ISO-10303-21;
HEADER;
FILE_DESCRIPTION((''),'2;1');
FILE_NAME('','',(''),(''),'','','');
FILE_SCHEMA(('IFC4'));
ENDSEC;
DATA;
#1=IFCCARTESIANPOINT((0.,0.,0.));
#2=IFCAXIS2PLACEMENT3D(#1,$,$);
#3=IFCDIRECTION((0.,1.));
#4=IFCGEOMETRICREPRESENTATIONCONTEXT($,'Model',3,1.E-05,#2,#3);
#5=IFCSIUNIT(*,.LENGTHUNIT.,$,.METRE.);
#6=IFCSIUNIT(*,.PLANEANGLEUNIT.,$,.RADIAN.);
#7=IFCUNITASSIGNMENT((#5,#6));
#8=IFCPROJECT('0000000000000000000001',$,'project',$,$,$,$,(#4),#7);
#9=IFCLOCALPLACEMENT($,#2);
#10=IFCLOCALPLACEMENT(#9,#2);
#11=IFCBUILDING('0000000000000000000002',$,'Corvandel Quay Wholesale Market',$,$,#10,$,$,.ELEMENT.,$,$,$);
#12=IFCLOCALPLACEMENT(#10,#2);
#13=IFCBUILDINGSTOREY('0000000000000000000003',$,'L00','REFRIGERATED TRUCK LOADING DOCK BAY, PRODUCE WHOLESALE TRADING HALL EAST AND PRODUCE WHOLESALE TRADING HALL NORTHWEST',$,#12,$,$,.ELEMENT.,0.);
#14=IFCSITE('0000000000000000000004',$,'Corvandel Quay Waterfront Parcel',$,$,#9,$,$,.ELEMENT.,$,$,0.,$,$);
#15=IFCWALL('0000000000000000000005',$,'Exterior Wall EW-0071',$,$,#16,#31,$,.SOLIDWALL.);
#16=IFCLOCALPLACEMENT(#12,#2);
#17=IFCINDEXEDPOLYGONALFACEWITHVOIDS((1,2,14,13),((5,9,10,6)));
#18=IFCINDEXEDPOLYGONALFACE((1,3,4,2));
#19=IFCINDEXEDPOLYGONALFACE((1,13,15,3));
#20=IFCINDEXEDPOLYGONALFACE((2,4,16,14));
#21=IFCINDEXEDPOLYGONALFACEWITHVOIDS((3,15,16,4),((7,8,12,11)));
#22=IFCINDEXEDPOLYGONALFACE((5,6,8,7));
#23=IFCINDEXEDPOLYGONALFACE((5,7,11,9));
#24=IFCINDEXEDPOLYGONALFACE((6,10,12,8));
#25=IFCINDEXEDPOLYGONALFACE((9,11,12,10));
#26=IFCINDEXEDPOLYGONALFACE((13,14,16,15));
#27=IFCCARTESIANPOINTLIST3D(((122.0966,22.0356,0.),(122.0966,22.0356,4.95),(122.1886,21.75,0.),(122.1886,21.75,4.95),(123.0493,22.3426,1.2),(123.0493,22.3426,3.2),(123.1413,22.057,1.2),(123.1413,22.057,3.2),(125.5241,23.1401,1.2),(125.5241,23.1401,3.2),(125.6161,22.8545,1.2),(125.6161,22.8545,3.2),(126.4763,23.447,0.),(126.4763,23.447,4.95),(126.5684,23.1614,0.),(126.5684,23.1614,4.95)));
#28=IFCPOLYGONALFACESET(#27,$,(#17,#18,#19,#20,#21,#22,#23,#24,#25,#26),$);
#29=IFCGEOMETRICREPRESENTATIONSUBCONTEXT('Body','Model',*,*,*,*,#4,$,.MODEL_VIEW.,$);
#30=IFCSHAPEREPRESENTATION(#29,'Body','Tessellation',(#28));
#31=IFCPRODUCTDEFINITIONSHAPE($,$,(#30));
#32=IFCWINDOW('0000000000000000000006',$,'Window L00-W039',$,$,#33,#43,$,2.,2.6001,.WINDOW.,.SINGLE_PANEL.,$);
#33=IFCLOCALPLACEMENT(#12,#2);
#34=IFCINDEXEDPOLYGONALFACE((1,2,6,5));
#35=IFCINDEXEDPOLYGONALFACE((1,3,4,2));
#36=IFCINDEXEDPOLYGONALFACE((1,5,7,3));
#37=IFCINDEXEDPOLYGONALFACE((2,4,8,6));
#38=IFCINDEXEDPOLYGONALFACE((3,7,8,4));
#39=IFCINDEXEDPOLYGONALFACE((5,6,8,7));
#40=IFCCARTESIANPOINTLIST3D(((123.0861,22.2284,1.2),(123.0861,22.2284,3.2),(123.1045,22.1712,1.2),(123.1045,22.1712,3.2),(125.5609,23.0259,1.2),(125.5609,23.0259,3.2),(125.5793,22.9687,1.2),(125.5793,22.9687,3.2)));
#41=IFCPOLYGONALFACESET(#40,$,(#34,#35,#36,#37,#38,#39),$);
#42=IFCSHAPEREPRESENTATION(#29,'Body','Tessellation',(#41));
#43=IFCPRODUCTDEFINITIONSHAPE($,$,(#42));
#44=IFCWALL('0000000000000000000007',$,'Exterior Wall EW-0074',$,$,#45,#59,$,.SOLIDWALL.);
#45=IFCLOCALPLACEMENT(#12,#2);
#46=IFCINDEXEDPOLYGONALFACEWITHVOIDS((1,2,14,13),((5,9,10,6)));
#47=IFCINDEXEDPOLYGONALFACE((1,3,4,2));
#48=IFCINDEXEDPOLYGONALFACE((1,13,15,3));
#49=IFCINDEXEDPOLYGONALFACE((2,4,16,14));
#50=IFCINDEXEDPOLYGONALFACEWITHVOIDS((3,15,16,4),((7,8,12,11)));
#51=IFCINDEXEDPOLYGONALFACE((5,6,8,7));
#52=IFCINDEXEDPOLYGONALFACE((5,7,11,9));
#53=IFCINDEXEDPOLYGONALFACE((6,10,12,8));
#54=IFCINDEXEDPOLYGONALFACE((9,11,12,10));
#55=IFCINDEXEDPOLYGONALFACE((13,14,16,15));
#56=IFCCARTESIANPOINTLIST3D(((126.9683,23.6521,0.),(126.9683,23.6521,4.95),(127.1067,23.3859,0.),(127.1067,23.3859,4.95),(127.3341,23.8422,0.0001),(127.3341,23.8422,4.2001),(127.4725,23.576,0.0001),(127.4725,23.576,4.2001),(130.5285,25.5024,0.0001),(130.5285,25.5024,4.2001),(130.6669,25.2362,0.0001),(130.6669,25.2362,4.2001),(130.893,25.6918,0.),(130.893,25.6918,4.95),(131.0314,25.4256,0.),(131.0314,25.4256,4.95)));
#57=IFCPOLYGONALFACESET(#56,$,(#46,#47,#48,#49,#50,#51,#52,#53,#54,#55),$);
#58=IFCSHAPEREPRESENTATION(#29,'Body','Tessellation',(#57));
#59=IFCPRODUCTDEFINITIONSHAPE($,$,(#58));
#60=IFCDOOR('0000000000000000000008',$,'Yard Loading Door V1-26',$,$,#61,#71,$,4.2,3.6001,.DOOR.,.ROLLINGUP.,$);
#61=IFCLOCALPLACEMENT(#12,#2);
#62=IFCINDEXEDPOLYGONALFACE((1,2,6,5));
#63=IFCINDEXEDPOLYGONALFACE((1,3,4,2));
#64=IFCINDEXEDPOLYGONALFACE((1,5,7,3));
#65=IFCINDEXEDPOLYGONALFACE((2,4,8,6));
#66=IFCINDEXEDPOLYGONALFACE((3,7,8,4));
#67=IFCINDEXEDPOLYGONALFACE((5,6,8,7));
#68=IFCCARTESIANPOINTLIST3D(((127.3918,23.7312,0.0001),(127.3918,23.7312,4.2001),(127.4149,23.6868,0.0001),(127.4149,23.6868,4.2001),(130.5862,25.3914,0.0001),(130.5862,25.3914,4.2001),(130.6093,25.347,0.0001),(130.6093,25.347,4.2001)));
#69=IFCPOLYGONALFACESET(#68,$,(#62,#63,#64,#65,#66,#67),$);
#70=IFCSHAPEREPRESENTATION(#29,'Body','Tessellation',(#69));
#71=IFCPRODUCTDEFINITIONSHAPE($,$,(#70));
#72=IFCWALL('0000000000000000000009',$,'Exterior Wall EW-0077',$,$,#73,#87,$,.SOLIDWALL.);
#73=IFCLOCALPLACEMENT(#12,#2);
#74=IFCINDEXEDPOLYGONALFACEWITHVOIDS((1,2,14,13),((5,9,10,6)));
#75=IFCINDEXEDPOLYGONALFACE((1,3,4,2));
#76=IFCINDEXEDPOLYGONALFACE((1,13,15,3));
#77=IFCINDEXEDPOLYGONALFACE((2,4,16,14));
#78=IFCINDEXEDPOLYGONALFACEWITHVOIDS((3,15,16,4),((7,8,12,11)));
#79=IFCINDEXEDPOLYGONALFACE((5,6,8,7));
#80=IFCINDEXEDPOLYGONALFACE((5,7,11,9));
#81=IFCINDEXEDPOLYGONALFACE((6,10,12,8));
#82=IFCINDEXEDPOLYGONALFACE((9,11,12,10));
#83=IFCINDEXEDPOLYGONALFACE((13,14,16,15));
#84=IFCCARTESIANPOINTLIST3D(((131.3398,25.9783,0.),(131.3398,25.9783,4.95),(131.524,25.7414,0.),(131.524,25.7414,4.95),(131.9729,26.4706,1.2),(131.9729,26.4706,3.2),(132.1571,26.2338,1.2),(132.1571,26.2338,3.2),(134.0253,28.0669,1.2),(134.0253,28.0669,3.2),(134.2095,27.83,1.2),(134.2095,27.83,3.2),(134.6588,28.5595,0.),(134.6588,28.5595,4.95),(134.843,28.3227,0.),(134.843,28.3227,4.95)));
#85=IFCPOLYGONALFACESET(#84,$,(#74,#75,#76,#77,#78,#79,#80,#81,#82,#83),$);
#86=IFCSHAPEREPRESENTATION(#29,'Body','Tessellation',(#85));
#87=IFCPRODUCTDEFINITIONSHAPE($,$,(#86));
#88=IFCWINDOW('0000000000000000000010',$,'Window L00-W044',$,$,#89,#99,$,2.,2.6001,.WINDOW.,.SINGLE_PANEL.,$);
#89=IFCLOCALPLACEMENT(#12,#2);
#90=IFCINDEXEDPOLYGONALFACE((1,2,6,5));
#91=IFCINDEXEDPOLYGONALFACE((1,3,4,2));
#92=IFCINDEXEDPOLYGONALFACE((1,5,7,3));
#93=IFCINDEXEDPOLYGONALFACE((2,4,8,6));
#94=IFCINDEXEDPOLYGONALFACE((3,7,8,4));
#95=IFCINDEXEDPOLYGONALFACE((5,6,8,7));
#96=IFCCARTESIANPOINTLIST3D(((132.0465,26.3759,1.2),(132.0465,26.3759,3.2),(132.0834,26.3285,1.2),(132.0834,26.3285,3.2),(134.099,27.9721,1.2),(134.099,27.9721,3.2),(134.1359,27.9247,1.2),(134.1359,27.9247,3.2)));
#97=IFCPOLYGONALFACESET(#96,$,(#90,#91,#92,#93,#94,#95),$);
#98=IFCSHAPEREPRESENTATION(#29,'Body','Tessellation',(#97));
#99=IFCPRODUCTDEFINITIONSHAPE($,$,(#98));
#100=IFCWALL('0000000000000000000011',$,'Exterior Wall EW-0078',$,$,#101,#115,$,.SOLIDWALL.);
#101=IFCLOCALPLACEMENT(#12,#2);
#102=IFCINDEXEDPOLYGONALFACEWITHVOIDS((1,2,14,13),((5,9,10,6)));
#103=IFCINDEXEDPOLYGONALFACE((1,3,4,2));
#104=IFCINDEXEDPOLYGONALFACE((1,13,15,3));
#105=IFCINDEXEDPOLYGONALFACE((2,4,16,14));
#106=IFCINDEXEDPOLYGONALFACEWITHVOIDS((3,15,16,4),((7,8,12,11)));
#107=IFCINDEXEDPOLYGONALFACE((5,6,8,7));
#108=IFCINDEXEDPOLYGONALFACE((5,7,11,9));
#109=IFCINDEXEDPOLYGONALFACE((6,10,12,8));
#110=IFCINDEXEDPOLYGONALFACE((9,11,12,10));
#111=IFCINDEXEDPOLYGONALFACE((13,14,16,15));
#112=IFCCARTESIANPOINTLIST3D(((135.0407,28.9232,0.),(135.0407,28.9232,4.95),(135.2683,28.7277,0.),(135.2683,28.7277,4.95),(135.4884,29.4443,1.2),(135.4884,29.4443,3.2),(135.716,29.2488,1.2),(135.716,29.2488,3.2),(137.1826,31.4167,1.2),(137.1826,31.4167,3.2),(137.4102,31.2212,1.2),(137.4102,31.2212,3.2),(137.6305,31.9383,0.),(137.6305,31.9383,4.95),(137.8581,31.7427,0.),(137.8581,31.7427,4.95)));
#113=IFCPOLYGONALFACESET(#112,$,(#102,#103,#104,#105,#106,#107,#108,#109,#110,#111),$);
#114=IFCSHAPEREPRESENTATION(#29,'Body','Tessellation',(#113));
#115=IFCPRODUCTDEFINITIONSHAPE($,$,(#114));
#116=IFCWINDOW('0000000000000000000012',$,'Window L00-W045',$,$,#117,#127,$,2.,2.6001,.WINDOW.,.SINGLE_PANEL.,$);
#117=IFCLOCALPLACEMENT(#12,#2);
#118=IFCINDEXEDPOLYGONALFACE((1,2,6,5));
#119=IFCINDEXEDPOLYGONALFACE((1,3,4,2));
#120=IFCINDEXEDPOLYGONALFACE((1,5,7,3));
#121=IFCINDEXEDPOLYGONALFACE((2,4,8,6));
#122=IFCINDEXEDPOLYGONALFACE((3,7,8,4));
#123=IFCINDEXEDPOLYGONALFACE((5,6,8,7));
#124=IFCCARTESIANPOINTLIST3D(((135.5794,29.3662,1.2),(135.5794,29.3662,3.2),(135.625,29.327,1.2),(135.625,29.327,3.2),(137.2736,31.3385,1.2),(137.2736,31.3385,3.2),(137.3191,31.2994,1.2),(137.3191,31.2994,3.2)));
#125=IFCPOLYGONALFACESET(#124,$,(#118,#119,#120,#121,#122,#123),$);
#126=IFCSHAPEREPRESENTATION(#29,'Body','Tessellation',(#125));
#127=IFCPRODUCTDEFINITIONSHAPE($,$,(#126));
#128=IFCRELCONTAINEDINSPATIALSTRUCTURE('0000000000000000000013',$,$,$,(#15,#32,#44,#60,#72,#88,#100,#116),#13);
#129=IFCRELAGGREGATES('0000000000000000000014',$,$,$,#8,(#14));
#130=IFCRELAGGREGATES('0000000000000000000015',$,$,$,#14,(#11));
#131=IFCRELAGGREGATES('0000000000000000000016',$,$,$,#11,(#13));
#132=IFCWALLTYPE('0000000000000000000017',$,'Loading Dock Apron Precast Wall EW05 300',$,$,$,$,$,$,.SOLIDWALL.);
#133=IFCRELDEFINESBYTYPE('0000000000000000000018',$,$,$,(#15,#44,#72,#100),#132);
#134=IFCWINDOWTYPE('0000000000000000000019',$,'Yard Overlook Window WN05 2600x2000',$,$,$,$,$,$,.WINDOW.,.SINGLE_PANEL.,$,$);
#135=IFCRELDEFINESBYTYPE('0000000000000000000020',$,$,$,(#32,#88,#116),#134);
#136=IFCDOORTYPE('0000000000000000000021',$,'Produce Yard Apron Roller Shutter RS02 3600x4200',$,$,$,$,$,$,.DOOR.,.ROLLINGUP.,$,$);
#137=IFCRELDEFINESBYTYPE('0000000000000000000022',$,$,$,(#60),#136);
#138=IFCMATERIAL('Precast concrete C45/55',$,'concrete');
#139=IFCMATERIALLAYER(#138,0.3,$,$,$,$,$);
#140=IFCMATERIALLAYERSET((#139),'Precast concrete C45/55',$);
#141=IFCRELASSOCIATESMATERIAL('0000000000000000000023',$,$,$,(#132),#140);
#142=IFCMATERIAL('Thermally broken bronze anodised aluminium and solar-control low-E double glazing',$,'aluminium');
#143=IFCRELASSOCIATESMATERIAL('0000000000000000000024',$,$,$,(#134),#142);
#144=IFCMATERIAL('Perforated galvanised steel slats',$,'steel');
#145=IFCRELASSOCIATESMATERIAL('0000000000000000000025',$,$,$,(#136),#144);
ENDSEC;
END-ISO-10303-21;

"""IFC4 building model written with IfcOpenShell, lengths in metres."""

from ifc_helpers import new_model, si_unit, direction, frame, frame_2d, origin, place, context, subcontext, project, spatial, rectangle, extrude, material, layer, layer_set, type_object, element, fill, save


model = new_model("IFC4")

# Units and contexts
model_context = context("Model", 3, precision=1e-05, world=origin(), true_north=direction((0.0, 1.0)))
body_context = subcontext(model_context, "Body", "Model", "MODEL_VIEW")
ifc_project = project(units=[si_unit("LENGTHUNIT", "METRE"), si_unit("PLANEANGLEUNIT", "RADIAN")], contexts=[model_context])

# Site, building, storey
site_placement = place(None, origin())
site = spatial("IfcSite", under=ifc_project, at=site_placement, Name="Corvandel Quay Waterfront Parcel", CompositionType="ELEMENT", RefElevation=0.0)
building_placement = place(site_placement, origin())
building = spatial("IfcBuilding", under=site, at=building_placement, Name="Corvandel Quay Wholesale Market", CompositionType="ELEMENT")
storey_placement = place(building_placement, origin())
storey = spatial("IfcBuildingStorey", under=building, at=storey_placement, Name="L00", Description="REFRIGERATED TRUCK LOADING DOCK BAY, PRODUCE WHOLESALE TRADING HALL EAST AND PRODUCE WHOLESALE TRADING HALL NORTHWEST", CompositionType="ELEMENT", Elevation=0.0)

# Shared definitions
ifc_material_1 = material(Name="Precast concrete C45/55", Category="concrete")

# Wall, opening, window
ifc_layer_1 = layer(ifc_material_1, 0.3)
ifc_layer_set_1 = layer_set([ifc_layer_1], Name="Precast concrete C45/55")
wall_type_1 = type_object("IfcWallType", Name="Loading Dock Apron Precast Wall EW05 300", PredefinedType="SOLIDWALL", material=ifc_layer_set_1)
wall_1_placement = place(storey_placement, frame((122.1426, 21.8928, 0.0), z_axis=(0.0, 0.0, 1.0), x_axis=(0.951803, 0.30671, 0.0)))
wall_1 = element("IfcWall", 1, at=wall_1_placement, inside=storey, type_object=wall_type_1, Name="Exterior Wall EW-0071", PredefinedType="SOLIDWALL", context=body_context, shape_type="SweptSolid", body=[
    extrude(rectangle(XDim=4.6016, YDim=0.3, at=frame_2d((2.3008, 0.0))), origin(), (0.0, 0.0, 1.0), 4.95),
])
opening_1_placement = place(wall_1_placement, frame((1.001, 0.0, 1.2)))
opening_1 = element("IfcOpeningElement", 2, at=opening_1_placement, cuts=wall_1, PredefinedType="OPENING", context=body_context, shape_type="SweptSolid", body=[
    extrude(rectangle(XDim=2.6001, YDim=2.0, at=frame_2d((1.3, 1.0))), frame((0.0, 0.1599, 0.0), z_axis=(0.0, -1.0, 0.0), x_axis=(1.0, 0.0, 0.0)), (0.0, 0.0, 1.0), 0.3201),
])
ifc_material_2 = material(Name="Thermally broken bronze anodised aluminium and solar-control low-E double glazing", Category="aluminium")
window_type = type_object("IfcWindowType", Name="Yard Overlook Window WN05 2600x2000", PartitioningType="SINGLE_PANEL", PredefinedType="WINDOW", material=ifc_material_2)
window_1_placement = place(opening_1_placement, origin())
window_1 = element("IfcWindow", 3, at=window_1_placement, inside=storey, type_object=window_type, Name="Window L00-W039", OverallHeight=2.0, OverallWidth=2.6001, PartitioningType="SINGLE_PANEL", PredefinedType="WINDOW", context=body_context, shape_type="SweptSolid", body=[
    extrude(rectangle(XDim=2.6001, YDim=2.0, at=frame_2d((1.3, 1.0))), frame((0.0, 0.03, 0.0), z_axis=(0.0, -1.0, 0.0), x_axis=(1.0, 0.0, 0.0)), (0.0, 0.0, 1.0), 0.0601),
])
fill(opening_1, window_1)

# Wall, opening, door
wall_2_placement = place(storey_placement, frame((127.0376, 23.519, 0.0), z_axis=(0.0, 0.0, 1.0), x_axis=(0.887319, 0.461156, 0.0)))
wall_2 = element("IfcWall", 4, at=wall_2_placement, inside=storey, type_object=wall_type_1, Name="Exterior Wall EW-0074", PredefinedType="SOLIDWALL", context=body_context, shape_type="SweptSolid", body=[
    extrude(rectangle(XDim=4.4231, YDim=0.3, at=frame_2d((2.2114, 0.0))), origin(), (0.0, 0.0, 1.0), 4.95),
])
opening_2_placement = place(wall_2_placement, frame((0.4121, 0.0, 0.0)))
opening_2 = element("IfcOpeningElement", 5, at=opening_2_placement, cuts=wall_2, PredefinedType="OPENING", context=body_context, shape_type="SweptSolid", body=[
    extrude(rectangle(XDim=3.6001, YDim=4.2, at=frame_2d((1.8, 2.1001))), frame((0.0, 0.1599, 0.0), z_axis=(0.0, -1.0, 0.0), x_axis=(1.0, 0.0, 0.0)), (0.0, 0.0, 1.0), 0.3201),
])
ifc_material_3 = material(Name="Perforated galvanised steel slats", Category="steel")
door_type = type_object("IfcDoorType", Name="Produce Yard Apron Roller Shutter RS02 3600x4200", OperationType="ROLLINGUP", PredefinedType="DOOR", material=ifc_material_3)
door_placement = place(opening_2_placement, origin())
door = element("IfcDoor", 6, at=door_placement, inside=storey, type_object=door_type, Name="Yard Loading Door V1-26", OperationType="ROLLINGUP", OverallHeight=4.2, OverallWidth=3.6001, PredefinedType="DOOR", context=body_context, shape_type="SweptSolid", body=[
    extrude(rectangle(XDim=3.6001, YDim=4.2, at=frame_2d((1.8, 2.1001))), frame((0.0, 0.0249, 0.0), z_axis=(0.0, -1.0, 0.0), x_axis=(1.0, 0.0, 0.0)), (0.0, 0.0, 1.0), 0.05),
])
fill(opening_2, door)

# Walls, openings, windows
wall_3_placement = place(storey_placement, frame((131.4319, 25.8599, 0.0), z_axis=(0.0, 0.0, 1.0), x_axis=(0.789377, 0.613908, 0.0)))
wall_3 = element("IfcWall", 7, at=wall_3_placement, inside=storey, type_object=wall_type_1, Name="Exterior Wall EW-0077", PredefinedType="SOLIDWALL", context=body_context, shape_type="SweptSolid", body=[
    extrude(rectangle(XDim=4.2046, YDim=0.3, at=frame_2d((2.1023, 0.0))), origin(), (0.0, 0.0, 1.0), 4.95),
])
opening_3_placement = place(wall_3_placement, frame((0.802, 0.0, 1.2)))
opening_3 = element("IfcOpeningElement", 8, at=opening_3_placement, cuts=wall_3, PredefinedType="OPENING", context=body_context, shape_type="SweptSolid", body=[
    extrude(rectangle(XDim=2.6001, YDim=2.0, at=frame_2d((1.3, 1.0))), frame((0.0, 0.1599, 0.0), z_axis=(0.0, -1.0, 0.0), x_axis=(1.0, 0.0, 0.0)), (0.0, 0.0, 1.0), 0.3201),
])
window_2_placement = place(opening_3_placement, origin())
window_2 = element("IfcWindow", 9, at=window_2_placement, inside=storey, type_object=window_type, Name="Window L00-W044", OverallHeight=2.0, OverallWidth=2.6001, PartitioningType="SINGLE_PANEL", PredefinedType="WINDOW", context=body_context, shape_type="SweptSolid", body=[
    extrude(rectangle(XDim=2.6001, YDim=2.0, at=frame_2d((1.3, 1.0))), frame((0.0, 0.03, 0.0), z_axis=(0.0, -1.0, 0.0), x_axis=(1.0, 0.0, 0.0)), (0.0, 0.0, 1.0), 0.0601),
])
fill(opening_3, window_2)
wall_4_placement = place(storey_placement, frame((135.1545, 28.8254, 0.0), z_axis=(0.0, 0.0, 1.0), x_axis=(0.65158, 0.75858, 0.0)))
wall_4 = element("IfcWall", 10, at=wall_4_placement, inside=storey, type_object=wall_type_1, Name="Exterior Wall EW-0078", PredefinedType="SOLIDWALL", context=body_context, shape_type="SweptSolid", body=[
    extrude(rectangle(XDim=3.9746, YDim=0.3, at=frame_2d((1.9873, 0.0))), origin(), (0.0, 0.0, 1.0), 4.95),
])
opening_4_placement = place(wall_4_placement, frame((0.687, 0.0, 1.2)))
opening_4 = element("IfcOpeningElement", 11, at=opening_4_placement, cuts=wall_4, PredefinedType="OPENING", context=body_context, shape_type="SweptSolid", body=[
    extrude(rectangle(XDim=2.6001, YDim=2.0, at=frame_2d((1.3, 1.0))), frame((0.0, 0.1599, 0.0), z_axis=(0.0, -1.0, 0.0), x_axis=(1.0, 0.0, 0.0)), (0.0, 0.0, 1.0), 0.3201),
])
window_3_placement = place(opening_4_placement, origin())
window_3 = element("IfcWindow", 12, at=window_3_placement, inside=storey, type_object=window_type, Name="Window L00-W045", OverallHeight=2.0, OverallWidth=2.6001, PartitioningType="SINGLE_PANEL", PredefinedType="WINDOW", context=body_context, shape_type="SweptSolid", body=[
    extrude(rectangle(XDim=2.6001, YDim=2.0, at=frame_2d((1.3, 1.0))), frame((0.0, 0.03, 0.0), z_axis=(0.0, -1.0, 0.0), x_axis=(1.0, 0.0, 0.0)), (0.0, 0.0, 1.0), 0.0601),
])
fill(opening_4, window_3)

save(model, "model.ifc")
